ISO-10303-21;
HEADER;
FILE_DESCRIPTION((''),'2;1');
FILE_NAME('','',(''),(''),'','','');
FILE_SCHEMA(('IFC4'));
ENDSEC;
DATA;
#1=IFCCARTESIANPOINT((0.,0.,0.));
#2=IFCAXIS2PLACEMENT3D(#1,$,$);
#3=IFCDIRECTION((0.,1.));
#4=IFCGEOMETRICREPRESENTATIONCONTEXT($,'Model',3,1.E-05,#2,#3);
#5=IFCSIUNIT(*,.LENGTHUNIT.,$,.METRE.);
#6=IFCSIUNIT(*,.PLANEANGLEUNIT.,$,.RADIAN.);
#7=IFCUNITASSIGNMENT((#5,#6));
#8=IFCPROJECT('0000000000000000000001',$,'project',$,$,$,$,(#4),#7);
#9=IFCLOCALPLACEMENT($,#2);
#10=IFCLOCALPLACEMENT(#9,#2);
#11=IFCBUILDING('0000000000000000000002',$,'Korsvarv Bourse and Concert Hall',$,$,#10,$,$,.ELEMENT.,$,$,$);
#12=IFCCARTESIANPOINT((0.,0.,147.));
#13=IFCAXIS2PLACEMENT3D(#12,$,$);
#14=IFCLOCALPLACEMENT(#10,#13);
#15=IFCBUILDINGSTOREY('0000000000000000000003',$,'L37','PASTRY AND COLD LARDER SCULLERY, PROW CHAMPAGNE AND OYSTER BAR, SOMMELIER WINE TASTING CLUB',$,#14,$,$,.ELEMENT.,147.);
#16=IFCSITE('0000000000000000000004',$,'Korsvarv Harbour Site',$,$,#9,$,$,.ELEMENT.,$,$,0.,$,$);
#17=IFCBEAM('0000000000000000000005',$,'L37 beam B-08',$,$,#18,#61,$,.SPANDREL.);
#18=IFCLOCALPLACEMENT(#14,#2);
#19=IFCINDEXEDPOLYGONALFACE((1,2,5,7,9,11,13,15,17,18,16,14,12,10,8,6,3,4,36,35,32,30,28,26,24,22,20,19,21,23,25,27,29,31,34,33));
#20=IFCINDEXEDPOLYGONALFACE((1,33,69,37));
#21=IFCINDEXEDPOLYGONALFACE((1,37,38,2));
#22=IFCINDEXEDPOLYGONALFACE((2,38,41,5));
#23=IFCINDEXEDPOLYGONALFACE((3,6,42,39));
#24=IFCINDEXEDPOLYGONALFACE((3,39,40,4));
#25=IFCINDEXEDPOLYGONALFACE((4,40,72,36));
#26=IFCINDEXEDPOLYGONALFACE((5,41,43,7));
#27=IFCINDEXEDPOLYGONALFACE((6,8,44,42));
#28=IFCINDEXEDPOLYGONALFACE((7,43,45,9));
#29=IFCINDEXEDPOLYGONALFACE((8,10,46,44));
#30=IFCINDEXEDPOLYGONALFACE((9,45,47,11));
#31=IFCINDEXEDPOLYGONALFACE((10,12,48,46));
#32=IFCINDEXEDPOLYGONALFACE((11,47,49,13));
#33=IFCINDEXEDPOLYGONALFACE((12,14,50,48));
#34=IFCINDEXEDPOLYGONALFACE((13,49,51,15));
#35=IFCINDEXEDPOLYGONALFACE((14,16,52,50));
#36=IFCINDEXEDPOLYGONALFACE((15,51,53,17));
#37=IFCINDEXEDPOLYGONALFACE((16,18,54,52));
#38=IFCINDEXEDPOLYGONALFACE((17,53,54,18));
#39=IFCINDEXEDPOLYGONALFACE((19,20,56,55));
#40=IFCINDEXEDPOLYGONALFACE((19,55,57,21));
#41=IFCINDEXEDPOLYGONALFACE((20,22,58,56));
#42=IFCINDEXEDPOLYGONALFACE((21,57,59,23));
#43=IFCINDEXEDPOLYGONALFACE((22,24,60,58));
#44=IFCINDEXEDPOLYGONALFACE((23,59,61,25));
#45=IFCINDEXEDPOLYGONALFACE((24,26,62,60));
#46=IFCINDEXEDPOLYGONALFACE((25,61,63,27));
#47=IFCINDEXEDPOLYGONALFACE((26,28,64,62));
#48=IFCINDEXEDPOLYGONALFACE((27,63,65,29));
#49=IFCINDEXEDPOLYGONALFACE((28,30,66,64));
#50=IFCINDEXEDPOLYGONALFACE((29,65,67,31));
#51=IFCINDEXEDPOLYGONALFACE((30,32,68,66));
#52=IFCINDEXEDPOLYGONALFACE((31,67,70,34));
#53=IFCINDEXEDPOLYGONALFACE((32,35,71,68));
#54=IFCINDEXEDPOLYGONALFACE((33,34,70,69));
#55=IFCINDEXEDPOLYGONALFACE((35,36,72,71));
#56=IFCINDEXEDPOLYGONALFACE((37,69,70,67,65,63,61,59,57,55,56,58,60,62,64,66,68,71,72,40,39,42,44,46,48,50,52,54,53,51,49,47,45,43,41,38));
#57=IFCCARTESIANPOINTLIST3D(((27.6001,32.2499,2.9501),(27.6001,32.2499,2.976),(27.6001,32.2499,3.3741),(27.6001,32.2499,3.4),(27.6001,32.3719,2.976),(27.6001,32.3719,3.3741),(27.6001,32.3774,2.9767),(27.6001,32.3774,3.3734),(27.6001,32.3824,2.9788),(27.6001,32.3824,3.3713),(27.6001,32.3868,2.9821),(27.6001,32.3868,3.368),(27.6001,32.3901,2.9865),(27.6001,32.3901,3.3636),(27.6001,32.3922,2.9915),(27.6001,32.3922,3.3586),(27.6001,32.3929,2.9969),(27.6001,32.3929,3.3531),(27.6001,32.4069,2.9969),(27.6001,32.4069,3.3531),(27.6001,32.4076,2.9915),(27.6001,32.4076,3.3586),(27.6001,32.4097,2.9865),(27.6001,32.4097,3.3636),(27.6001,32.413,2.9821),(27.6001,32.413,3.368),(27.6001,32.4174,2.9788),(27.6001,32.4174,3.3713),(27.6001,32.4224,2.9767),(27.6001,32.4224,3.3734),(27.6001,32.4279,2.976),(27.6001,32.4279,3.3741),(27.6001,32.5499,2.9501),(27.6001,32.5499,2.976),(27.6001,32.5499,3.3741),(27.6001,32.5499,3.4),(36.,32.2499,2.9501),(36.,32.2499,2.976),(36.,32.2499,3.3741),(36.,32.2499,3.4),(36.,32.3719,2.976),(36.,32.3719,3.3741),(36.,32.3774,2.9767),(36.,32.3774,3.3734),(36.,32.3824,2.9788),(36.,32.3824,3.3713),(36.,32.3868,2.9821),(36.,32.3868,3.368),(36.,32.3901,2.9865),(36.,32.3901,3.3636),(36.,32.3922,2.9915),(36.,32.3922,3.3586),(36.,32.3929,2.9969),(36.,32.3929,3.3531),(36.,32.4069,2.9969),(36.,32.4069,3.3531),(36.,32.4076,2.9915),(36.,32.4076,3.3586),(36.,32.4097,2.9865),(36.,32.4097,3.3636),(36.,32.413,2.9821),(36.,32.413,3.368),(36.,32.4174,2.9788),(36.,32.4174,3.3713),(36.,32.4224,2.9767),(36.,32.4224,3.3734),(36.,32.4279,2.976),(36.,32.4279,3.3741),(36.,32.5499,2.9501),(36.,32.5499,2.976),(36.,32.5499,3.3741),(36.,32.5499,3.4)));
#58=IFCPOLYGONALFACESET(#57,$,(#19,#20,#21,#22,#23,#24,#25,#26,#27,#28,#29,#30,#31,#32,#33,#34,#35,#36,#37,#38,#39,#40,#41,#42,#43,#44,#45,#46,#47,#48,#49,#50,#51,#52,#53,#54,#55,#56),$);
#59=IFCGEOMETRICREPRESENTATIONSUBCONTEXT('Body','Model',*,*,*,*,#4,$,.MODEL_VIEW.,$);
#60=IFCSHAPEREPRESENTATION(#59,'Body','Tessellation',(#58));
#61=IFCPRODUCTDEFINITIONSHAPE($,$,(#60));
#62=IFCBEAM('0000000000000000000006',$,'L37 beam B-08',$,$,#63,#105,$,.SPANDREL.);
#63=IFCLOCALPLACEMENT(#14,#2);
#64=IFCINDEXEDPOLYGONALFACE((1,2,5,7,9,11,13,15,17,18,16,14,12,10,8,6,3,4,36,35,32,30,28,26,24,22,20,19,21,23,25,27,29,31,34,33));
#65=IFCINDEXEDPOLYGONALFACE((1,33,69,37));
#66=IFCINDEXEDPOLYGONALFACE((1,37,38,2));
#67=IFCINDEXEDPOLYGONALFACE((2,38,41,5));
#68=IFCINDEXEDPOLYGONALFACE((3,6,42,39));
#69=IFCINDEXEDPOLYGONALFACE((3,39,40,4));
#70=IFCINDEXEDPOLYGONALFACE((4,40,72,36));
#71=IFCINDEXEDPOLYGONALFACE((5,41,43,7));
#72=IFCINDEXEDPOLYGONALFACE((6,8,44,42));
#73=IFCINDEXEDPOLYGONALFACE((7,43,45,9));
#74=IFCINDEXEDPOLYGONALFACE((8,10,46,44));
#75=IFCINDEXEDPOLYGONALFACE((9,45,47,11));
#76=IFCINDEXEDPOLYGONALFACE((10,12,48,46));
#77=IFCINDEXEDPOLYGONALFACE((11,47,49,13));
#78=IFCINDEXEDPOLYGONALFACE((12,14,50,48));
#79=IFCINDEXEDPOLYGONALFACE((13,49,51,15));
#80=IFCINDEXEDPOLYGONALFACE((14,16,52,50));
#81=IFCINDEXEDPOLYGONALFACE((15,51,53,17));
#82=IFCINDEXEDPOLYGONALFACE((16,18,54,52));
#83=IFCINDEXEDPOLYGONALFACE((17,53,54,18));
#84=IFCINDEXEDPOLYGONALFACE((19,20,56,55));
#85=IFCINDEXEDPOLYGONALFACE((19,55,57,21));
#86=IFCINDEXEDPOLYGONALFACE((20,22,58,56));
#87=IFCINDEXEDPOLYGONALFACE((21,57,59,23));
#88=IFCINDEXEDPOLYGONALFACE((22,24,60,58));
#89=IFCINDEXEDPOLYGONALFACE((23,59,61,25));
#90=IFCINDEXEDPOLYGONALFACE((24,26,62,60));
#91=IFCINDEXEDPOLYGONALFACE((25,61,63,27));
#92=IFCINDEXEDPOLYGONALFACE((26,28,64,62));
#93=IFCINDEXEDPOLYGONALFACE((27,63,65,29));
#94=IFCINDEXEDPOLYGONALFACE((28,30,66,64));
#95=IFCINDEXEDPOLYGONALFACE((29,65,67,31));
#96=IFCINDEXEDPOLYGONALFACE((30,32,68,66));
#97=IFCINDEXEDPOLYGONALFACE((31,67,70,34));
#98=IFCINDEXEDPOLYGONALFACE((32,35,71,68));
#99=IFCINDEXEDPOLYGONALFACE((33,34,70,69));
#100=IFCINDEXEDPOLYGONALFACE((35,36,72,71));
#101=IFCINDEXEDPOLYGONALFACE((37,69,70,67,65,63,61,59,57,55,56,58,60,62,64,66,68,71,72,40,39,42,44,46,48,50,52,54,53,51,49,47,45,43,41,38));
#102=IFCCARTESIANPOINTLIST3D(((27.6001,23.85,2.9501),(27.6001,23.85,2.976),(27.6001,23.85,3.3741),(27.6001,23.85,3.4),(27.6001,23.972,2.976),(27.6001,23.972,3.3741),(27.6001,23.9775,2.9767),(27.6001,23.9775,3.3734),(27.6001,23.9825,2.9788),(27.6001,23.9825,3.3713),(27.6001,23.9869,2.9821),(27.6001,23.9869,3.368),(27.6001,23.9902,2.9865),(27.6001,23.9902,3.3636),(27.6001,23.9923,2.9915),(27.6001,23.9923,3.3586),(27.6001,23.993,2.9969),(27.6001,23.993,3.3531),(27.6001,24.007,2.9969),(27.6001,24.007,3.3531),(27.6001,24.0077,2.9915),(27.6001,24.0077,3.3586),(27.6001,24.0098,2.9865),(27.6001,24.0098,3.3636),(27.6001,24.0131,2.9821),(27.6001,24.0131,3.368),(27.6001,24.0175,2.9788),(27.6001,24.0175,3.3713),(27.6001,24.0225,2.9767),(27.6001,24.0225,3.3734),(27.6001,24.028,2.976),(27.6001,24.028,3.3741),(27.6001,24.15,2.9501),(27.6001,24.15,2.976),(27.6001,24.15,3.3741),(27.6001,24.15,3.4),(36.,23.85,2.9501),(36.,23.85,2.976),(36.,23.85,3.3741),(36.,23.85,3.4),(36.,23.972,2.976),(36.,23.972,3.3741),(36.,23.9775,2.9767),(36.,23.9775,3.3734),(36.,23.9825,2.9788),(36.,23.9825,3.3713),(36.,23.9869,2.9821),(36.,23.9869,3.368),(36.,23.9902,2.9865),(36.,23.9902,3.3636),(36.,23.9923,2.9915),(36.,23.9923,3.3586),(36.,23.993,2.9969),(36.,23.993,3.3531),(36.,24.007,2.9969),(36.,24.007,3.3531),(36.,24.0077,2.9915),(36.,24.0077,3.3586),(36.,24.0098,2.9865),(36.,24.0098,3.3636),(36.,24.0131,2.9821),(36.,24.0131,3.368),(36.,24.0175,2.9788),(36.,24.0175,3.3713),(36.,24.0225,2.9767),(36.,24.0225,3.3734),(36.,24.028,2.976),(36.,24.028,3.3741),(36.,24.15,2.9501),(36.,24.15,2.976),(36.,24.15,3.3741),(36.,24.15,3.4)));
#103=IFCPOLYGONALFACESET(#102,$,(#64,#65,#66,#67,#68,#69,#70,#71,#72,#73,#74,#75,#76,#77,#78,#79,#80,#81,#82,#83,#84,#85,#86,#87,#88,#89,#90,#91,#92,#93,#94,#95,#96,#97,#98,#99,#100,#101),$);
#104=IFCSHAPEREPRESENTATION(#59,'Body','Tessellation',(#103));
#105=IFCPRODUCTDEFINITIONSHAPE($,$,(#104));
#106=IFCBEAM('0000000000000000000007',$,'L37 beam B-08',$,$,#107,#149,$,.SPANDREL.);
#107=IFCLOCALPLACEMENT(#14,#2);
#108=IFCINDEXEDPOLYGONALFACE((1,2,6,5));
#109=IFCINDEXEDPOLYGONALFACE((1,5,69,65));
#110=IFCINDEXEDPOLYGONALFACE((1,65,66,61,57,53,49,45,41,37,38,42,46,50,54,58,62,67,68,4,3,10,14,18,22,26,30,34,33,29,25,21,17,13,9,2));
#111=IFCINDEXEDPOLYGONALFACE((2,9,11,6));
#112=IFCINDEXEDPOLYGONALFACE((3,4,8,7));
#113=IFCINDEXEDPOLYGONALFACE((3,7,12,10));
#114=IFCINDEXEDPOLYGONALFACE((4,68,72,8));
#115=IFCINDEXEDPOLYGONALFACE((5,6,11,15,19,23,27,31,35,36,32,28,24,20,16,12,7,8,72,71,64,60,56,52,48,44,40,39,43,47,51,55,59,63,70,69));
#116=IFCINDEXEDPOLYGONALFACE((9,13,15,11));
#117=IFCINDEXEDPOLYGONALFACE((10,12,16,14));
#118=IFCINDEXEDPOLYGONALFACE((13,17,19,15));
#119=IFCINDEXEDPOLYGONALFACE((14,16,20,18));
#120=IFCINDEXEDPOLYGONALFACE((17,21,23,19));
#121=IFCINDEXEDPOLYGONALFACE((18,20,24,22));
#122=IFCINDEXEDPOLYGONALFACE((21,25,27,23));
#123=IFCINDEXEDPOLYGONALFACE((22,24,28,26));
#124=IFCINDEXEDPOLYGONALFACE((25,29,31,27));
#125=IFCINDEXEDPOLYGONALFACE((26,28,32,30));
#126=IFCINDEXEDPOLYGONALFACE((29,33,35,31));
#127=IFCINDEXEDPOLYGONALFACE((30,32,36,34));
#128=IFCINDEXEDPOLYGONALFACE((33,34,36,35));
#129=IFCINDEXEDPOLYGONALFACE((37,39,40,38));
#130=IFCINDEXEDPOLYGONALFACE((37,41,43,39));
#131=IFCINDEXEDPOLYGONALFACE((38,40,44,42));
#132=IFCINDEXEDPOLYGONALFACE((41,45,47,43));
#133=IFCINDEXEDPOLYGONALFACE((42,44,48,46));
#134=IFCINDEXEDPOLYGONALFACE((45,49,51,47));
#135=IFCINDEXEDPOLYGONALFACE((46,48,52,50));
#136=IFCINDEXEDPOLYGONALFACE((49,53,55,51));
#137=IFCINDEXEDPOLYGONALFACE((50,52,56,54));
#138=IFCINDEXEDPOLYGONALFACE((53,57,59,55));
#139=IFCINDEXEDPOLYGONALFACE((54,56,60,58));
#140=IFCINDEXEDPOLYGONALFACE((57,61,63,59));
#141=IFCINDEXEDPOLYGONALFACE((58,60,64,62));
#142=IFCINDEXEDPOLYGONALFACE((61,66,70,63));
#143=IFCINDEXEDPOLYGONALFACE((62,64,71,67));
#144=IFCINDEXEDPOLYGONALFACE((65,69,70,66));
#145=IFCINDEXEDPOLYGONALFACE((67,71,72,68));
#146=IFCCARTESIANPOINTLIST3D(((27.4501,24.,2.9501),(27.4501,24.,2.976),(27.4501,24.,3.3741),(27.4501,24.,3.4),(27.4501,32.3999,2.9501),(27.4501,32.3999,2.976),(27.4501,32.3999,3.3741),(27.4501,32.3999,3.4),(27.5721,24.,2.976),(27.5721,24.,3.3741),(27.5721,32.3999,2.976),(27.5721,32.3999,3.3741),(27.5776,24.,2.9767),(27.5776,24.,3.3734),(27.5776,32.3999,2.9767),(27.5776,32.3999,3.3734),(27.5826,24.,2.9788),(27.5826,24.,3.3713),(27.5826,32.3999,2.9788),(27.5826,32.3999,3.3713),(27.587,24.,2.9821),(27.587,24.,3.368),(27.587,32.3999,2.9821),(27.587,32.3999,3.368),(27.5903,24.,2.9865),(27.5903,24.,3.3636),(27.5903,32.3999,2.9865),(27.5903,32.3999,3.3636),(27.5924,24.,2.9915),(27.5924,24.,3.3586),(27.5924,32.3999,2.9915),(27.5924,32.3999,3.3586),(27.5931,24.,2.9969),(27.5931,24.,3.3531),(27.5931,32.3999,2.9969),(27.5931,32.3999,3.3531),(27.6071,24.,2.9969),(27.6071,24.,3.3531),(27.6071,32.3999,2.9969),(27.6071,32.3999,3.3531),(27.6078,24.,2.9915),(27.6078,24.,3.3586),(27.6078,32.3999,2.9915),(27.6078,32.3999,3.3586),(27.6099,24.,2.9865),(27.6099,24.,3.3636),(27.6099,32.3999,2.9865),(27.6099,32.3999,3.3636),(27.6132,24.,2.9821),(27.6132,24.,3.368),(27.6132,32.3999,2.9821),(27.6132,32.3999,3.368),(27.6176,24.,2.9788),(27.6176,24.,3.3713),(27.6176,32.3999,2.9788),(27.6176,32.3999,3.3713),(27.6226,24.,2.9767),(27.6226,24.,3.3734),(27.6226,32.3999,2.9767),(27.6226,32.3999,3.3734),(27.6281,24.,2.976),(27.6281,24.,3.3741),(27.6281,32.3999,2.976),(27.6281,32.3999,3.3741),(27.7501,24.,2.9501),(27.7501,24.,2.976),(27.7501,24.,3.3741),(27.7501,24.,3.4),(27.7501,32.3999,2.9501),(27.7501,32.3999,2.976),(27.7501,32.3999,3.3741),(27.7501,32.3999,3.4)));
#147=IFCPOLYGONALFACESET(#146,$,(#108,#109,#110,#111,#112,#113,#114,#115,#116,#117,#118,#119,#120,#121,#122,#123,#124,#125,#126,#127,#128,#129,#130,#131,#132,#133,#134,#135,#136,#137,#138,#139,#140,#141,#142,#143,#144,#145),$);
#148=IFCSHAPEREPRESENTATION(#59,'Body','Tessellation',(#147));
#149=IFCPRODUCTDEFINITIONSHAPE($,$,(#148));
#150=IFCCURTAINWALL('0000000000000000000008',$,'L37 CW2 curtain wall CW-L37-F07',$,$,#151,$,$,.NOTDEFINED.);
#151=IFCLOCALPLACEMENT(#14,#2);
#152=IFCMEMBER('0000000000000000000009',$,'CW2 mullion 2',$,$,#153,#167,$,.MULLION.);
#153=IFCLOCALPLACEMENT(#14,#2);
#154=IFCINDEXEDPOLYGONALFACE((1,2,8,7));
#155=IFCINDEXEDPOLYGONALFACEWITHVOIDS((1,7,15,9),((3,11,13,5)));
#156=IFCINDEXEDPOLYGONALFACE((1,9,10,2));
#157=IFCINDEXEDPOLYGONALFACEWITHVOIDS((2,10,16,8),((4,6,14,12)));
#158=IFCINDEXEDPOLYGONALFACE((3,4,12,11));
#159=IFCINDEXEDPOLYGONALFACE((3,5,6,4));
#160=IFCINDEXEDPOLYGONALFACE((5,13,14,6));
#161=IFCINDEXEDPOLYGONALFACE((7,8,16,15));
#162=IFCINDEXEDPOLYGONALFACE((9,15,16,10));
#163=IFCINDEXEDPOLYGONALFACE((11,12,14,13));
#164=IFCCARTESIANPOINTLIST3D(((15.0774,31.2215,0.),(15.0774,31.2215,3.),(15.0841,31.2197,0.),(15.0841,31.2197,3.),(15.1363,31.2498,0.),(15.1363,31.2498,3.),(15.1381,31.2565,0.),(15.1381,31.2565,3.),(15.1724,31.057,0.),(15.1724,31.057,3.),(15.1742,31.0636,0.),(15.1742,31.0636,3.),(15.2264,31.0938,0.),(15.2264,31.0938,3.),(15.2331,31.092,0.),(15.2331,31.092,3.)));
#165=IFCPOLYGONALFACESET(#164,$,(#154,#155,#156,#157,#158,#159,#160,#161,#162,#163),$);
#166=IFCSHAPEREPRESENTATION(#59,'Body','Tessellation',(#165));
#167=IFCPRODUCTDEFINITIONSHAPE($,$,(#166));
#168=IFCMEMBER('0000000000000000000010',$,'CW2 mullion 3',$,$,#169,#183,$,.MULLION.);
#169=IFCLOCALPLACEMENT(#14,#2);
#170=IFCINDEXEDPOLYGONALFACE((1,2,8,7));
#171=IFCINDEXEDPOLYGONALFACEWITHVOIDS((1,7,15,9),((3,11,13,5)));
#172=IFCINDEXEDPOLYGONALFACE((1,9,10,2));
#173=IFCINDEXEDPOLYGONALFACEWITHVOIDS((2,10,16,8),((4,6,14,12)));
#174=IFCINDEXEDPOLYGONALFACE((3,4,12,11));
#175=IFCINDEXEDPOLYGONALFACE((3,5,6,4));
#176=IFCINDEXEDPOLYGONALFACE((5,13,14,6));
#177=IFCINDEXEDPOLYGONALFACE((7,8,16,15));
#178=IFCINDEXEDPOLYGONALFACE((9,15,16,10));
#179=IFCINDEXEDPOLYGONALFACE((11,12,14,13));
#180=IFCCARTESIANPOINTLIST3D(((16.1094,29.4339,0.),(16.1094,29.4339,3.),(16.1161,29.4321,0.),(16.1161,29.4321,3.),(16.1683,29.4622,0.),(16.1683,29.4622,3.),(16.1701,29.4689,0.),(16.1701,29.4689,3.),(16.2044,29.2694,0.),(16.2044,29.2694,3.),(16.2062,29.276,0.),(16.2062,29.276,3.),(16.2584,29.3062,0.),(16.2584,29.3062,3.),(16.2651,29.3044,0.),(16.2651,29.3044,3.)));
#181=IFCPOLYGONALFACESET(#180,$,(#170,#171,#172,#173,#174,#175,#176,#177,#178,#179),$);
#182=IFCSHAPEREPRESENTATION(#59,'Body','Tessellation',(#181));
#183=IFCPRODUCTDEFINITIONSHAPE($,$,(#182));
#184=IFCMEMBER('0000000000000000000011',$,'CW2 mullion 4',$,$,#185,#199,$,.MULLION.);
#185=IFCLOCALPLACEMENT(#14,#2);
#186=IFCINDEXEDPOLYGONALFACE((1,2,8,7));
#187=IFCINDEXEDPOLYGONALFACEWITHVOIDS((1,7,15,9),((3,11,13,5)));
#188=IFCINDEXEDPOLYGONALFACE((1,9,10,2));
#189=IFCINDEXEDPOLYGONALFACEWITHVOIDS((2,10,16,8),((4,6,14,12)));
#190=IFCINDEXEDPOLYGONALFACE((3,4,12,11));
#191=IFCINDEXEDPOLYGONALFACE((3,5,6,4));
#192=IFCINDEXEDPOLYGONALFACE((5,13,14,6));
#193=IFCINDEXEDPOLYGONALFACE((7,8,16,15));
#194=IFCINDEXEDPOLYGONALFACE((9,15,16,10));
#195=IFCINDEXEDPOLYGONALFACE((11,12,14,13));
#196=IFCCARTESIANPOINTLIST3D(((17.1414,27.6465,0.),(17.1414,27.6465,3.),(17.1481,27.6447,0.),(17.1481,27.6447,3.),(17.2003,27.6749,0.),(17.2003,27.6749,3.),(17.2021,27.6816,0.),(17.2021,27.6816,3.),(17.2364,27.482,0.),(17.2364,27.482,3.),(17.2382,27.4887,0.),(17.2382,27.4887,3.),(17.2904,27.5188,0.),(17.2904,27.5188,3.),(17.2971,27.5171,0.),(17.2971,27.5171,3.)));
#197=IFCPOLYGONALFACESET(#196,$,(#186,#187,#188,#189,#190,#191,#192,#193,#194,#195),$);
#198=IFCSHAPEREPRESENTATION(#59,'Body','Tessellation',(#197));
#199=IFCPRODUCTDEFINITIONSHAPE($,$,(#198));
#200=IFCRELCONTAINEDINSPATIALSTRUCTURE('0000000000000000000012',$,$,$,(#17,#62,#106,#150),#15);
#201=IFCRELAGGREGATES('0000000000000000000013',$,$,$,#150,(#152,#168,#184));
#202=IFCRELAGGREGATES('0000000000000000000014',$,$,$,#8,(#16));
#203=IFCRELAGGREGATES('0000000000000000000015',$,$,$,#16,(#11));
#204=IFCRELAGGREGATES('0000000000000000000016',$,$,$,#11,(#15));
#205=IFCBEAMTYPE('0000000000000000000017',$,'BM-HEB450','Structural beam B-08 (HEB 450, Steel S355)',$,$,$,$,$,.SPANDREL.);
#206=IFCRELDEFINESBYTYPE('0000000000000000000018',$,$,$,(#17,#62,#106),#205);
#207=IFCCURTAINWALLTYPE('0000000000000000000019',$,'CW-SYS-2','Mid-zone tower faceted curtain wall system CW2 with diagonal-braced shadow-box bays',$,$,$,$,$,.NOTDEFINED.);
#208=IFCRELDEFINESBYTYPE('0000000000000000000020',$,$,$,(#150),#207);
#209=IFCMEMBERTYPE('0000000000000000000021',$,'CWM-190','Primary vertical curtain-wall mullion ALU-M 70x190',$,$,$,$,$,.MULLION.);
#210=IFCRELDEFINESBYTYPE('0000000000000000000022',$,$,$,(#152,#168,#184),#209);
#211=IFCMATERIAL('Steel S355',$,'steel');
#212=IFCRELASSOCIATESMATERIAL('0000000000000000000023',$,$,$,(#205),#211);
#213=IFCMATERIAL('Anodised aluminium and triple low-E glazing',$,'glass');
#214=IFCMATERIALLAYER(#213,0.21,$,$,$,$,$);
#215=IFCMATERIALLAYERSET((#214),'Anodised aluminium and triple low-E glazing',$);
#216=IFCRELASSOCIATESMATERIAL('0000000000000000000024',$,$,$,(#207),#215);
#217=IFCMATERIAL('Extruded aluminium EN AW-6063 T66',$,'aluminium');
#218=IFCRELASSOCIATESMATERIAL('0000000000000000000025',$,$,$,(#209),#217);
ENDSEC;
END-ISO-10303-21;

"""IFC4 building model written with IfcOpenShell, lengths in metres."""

from ifc_helpers import new_model, si_unit, direction, frame, origin, origin_2d, place, context, subcontext, project, spatial, hollow_rectangle, i_section, extrude, source, transform, mapped, material, layer, layer_set, material_profile, profile_set, type_object, element, aggregate, save


model = new_model("IFC4")

# Units and contexts
model_context = context("Model", 3, precision=1e-05, world=origin(), true_north=direction((0.0, 1.0)))
body_context = subcontext(model_context, "Body", "Model", "MODEL_VIEW")
ifc_project = project(units=[si_unit("LENGTHUNIT", "METRE"), si_unit("PLANEANGLEUNIT", "RADIAN")], contexts=[model_context])

# Site, building, storey
site_placement = place(None, origin())
site = spatial("IfcSite", under=ifc_project, at=site_placement, Name="Korsvarv Harbour Site", CompositionType="ELEMENT", RefElevation=0.0)
building_placement = place(site_placement, origin())
building = spatial("IfcBuilding", under=site, at=building_placement, Name="Korsvarv Bourse and Concert Hall", CompositionType="ELEMENT")
storey_placement = place(building_placement, frame((0.0, 0.0, 147.0)))
storey = spatial("IfcBuildingStorey", under=building, at=storey_placement, Name="L37", Description="PASTRY AND COLD LARDER SCULLERY, PROW CHAMPAGNE AND OYSTER BAR, SOMMELIER WINE TASTING CLUB", CompositionType="ELEMENT", Elevation=147.0)

# Shared definitions
ifc_material_1 = material(Name="Steel S355", Category="steel")

# Beams
ifc_material_profile_1 = material_profile(ifc_material_1, i_section(OverallWidth=0.3, OverallDepth=0.45, WebThickness=0.0139, FlangeThickness=0.0259, FilletRadius=0.021, at=origin_2d()), Name="HEB 450")
ifc_profile_set_1 = profile_set([ifc_material_profile_1], Name="Steel S355")
beam_type_1 = type_object("IfcBeamType", Name="BM-HEB450", Description="Structural beam B-08 (HEB 450, Steel S355)", PredefinedType="SPANDREL", material=ifc_profile_set_1)
shared_shape_1 = source(origin(), body_context, "Body", "SweptSolid", [
    extrude(i_section(OverallWidth=0.3, OverallDepth=0.45, WebThickness=0.0139, FlangeThickness=0.0259, FilletRadius=0.021, at=origin_2d()), origin(), (0.0, 0.0, 1.0), 8.3999),
])
for number, where, z_axis, x_axis, name in (
    (1, (27.6001, 32.3999, 3.175), (1.0, 0.0, 0.0), (0.0, 1.0, 0.0), "L37 beam B-08"),
    (2, (27.6001, 24.0, 3.175), (1.0, 0.0, 0.0), (0.0, 1.0, 0.0), "L37 beam B-08"),
    (3, (27.6001, 24.0, 3.175), (0.0, 1.0, 0.0), (-1.0, 0.0, 0.0), "L37 beam B-08"),
):
    element("IfcBeam", number, at=place(storey_placement, frame(where, z_axis=z_axis, x_axis=x_axis)), inside=storey, type_object=beam_type_1, Name=name, PredefinedType="SPANDREL", context=body_context, shape_type="MappedRepresentation", body=[
        mapped(shared_shape_1, transform((0.0, 0.0, 0.0), scale=1.0)),
    ])

# Curtain wall, members
ifc_material_2 = material(Name="Anodised aluminium and triple low-E glazing", Category="glass")
ifc_layer_1 = layer(ifc_material_2, 0.21)
ifc_layer_set_1 = layer_set([ifc_layer_1], Name="Anodised aluminium and triple low-E glazing")
curtain_wall_type = type_object("IfcCurtainWallType", Name="CW-SYS-2", Description="Mid-zone tower faceted curtain wall system CW2 with diagonal-braced shadow-box bays", PredefinedType="NOTDEFINED", material=ifc_layer_set_1)
curtain_wall_placement = place(storey_placement, origin())
curtain_wall = element("IfcCurtainWall", 4, at=curtain_wall_placement, inside=storey, type_object=curtain_wall_type, Name="L37 CW2 curtain wall CW-L37-F07", PredefinedType="NOTDEFINED")
ifc_material_3 = material(Name="Extruded aluminium EN AW-6063 T66", Category="aluminium")
ifc_material_profile_2 = material_profile(ifc_material_3, hollow_rectangle(XDim=0.0701, YDim=0.1899, WallThickness=0.0049, at=origin_2d()), Name="ALU-M 70x190")
ifc_profile_set_2 = profile_set([ifc_material_profile_2], Name="Extruded aluminium EN AW-6063 T66")
member_type_1 = type_object("IfcMemberType", Name="CWM-190", Description="Primary vertical curtain-wall mullion ALU-M 70x190", PredefinedType="MULLION", material=ifc_profile_set_2)
shared_shape_2 = source(origin(), body_context, "Body", "SweptSolid", [
    extrude(hollow_rectangle(XDim=0.0701, YDim=0.1899, WallThickness=0.0049, at=origin_2d()), origin(), (0.0, 0.0, 1.0), 3.0),
])
member_1_placement = place(storey_placement, frame((15.1553, 31.1567, 0.0), z_axis=(0.0, 0.0, 1.0), x_axis=(0.866022, 0.500006, 0.0)))
member_1 = element("IfcMember", 5, at=member_1_placement, type_object=member_type_1, Name="CW2 mullion 2", PredefinedType="MULLION", context=body_context, shape_type="MappedRepresentation", body=[
    mapped(shared_shape_2, transform((0.0, 0.0, 0.0), scale=1.0)),
])
member_2_placement = place(storey_placement, frame((16.1873, 29.3691, 0.0), z_axis=(0.0, 0.0, 1.0), x_axis=(0.866022, 0.500006, 0.0)))
member_2 = element("IfcMember", 6, at=member_2_placement, type_object=member_type_1, Name="CW2 mullion 3", PredefinedType="MULLION", context=body_context, shape_type="MappedRepresentation", body=[
    mapped(shared_shape_2, transform((0.0, 0.0, 0.0), scale=1.0)),
])
member_3_placement = place(storey_placement, frame((17.2192, 27.5818, 0.0), z_axis=(0.0, 0.0, 1.0), x_axis=(0.866022, 0.500006, 0.0)))
member_3 = element("IfcMember", 7, at=member_3_placement, type_object=member_type_1, Name="CW2 mullion 4", PredefinedType="MULLION", context=body_context, shape_type="MappedRepresentation", body=[
    mapped(shared_shape_2, transform((0.0, 0.0, 0.0), scale=1.0)),
])
aggregate(curtain_wall, [member_1, member_2, member_3])

save(model, "model.ifc")
